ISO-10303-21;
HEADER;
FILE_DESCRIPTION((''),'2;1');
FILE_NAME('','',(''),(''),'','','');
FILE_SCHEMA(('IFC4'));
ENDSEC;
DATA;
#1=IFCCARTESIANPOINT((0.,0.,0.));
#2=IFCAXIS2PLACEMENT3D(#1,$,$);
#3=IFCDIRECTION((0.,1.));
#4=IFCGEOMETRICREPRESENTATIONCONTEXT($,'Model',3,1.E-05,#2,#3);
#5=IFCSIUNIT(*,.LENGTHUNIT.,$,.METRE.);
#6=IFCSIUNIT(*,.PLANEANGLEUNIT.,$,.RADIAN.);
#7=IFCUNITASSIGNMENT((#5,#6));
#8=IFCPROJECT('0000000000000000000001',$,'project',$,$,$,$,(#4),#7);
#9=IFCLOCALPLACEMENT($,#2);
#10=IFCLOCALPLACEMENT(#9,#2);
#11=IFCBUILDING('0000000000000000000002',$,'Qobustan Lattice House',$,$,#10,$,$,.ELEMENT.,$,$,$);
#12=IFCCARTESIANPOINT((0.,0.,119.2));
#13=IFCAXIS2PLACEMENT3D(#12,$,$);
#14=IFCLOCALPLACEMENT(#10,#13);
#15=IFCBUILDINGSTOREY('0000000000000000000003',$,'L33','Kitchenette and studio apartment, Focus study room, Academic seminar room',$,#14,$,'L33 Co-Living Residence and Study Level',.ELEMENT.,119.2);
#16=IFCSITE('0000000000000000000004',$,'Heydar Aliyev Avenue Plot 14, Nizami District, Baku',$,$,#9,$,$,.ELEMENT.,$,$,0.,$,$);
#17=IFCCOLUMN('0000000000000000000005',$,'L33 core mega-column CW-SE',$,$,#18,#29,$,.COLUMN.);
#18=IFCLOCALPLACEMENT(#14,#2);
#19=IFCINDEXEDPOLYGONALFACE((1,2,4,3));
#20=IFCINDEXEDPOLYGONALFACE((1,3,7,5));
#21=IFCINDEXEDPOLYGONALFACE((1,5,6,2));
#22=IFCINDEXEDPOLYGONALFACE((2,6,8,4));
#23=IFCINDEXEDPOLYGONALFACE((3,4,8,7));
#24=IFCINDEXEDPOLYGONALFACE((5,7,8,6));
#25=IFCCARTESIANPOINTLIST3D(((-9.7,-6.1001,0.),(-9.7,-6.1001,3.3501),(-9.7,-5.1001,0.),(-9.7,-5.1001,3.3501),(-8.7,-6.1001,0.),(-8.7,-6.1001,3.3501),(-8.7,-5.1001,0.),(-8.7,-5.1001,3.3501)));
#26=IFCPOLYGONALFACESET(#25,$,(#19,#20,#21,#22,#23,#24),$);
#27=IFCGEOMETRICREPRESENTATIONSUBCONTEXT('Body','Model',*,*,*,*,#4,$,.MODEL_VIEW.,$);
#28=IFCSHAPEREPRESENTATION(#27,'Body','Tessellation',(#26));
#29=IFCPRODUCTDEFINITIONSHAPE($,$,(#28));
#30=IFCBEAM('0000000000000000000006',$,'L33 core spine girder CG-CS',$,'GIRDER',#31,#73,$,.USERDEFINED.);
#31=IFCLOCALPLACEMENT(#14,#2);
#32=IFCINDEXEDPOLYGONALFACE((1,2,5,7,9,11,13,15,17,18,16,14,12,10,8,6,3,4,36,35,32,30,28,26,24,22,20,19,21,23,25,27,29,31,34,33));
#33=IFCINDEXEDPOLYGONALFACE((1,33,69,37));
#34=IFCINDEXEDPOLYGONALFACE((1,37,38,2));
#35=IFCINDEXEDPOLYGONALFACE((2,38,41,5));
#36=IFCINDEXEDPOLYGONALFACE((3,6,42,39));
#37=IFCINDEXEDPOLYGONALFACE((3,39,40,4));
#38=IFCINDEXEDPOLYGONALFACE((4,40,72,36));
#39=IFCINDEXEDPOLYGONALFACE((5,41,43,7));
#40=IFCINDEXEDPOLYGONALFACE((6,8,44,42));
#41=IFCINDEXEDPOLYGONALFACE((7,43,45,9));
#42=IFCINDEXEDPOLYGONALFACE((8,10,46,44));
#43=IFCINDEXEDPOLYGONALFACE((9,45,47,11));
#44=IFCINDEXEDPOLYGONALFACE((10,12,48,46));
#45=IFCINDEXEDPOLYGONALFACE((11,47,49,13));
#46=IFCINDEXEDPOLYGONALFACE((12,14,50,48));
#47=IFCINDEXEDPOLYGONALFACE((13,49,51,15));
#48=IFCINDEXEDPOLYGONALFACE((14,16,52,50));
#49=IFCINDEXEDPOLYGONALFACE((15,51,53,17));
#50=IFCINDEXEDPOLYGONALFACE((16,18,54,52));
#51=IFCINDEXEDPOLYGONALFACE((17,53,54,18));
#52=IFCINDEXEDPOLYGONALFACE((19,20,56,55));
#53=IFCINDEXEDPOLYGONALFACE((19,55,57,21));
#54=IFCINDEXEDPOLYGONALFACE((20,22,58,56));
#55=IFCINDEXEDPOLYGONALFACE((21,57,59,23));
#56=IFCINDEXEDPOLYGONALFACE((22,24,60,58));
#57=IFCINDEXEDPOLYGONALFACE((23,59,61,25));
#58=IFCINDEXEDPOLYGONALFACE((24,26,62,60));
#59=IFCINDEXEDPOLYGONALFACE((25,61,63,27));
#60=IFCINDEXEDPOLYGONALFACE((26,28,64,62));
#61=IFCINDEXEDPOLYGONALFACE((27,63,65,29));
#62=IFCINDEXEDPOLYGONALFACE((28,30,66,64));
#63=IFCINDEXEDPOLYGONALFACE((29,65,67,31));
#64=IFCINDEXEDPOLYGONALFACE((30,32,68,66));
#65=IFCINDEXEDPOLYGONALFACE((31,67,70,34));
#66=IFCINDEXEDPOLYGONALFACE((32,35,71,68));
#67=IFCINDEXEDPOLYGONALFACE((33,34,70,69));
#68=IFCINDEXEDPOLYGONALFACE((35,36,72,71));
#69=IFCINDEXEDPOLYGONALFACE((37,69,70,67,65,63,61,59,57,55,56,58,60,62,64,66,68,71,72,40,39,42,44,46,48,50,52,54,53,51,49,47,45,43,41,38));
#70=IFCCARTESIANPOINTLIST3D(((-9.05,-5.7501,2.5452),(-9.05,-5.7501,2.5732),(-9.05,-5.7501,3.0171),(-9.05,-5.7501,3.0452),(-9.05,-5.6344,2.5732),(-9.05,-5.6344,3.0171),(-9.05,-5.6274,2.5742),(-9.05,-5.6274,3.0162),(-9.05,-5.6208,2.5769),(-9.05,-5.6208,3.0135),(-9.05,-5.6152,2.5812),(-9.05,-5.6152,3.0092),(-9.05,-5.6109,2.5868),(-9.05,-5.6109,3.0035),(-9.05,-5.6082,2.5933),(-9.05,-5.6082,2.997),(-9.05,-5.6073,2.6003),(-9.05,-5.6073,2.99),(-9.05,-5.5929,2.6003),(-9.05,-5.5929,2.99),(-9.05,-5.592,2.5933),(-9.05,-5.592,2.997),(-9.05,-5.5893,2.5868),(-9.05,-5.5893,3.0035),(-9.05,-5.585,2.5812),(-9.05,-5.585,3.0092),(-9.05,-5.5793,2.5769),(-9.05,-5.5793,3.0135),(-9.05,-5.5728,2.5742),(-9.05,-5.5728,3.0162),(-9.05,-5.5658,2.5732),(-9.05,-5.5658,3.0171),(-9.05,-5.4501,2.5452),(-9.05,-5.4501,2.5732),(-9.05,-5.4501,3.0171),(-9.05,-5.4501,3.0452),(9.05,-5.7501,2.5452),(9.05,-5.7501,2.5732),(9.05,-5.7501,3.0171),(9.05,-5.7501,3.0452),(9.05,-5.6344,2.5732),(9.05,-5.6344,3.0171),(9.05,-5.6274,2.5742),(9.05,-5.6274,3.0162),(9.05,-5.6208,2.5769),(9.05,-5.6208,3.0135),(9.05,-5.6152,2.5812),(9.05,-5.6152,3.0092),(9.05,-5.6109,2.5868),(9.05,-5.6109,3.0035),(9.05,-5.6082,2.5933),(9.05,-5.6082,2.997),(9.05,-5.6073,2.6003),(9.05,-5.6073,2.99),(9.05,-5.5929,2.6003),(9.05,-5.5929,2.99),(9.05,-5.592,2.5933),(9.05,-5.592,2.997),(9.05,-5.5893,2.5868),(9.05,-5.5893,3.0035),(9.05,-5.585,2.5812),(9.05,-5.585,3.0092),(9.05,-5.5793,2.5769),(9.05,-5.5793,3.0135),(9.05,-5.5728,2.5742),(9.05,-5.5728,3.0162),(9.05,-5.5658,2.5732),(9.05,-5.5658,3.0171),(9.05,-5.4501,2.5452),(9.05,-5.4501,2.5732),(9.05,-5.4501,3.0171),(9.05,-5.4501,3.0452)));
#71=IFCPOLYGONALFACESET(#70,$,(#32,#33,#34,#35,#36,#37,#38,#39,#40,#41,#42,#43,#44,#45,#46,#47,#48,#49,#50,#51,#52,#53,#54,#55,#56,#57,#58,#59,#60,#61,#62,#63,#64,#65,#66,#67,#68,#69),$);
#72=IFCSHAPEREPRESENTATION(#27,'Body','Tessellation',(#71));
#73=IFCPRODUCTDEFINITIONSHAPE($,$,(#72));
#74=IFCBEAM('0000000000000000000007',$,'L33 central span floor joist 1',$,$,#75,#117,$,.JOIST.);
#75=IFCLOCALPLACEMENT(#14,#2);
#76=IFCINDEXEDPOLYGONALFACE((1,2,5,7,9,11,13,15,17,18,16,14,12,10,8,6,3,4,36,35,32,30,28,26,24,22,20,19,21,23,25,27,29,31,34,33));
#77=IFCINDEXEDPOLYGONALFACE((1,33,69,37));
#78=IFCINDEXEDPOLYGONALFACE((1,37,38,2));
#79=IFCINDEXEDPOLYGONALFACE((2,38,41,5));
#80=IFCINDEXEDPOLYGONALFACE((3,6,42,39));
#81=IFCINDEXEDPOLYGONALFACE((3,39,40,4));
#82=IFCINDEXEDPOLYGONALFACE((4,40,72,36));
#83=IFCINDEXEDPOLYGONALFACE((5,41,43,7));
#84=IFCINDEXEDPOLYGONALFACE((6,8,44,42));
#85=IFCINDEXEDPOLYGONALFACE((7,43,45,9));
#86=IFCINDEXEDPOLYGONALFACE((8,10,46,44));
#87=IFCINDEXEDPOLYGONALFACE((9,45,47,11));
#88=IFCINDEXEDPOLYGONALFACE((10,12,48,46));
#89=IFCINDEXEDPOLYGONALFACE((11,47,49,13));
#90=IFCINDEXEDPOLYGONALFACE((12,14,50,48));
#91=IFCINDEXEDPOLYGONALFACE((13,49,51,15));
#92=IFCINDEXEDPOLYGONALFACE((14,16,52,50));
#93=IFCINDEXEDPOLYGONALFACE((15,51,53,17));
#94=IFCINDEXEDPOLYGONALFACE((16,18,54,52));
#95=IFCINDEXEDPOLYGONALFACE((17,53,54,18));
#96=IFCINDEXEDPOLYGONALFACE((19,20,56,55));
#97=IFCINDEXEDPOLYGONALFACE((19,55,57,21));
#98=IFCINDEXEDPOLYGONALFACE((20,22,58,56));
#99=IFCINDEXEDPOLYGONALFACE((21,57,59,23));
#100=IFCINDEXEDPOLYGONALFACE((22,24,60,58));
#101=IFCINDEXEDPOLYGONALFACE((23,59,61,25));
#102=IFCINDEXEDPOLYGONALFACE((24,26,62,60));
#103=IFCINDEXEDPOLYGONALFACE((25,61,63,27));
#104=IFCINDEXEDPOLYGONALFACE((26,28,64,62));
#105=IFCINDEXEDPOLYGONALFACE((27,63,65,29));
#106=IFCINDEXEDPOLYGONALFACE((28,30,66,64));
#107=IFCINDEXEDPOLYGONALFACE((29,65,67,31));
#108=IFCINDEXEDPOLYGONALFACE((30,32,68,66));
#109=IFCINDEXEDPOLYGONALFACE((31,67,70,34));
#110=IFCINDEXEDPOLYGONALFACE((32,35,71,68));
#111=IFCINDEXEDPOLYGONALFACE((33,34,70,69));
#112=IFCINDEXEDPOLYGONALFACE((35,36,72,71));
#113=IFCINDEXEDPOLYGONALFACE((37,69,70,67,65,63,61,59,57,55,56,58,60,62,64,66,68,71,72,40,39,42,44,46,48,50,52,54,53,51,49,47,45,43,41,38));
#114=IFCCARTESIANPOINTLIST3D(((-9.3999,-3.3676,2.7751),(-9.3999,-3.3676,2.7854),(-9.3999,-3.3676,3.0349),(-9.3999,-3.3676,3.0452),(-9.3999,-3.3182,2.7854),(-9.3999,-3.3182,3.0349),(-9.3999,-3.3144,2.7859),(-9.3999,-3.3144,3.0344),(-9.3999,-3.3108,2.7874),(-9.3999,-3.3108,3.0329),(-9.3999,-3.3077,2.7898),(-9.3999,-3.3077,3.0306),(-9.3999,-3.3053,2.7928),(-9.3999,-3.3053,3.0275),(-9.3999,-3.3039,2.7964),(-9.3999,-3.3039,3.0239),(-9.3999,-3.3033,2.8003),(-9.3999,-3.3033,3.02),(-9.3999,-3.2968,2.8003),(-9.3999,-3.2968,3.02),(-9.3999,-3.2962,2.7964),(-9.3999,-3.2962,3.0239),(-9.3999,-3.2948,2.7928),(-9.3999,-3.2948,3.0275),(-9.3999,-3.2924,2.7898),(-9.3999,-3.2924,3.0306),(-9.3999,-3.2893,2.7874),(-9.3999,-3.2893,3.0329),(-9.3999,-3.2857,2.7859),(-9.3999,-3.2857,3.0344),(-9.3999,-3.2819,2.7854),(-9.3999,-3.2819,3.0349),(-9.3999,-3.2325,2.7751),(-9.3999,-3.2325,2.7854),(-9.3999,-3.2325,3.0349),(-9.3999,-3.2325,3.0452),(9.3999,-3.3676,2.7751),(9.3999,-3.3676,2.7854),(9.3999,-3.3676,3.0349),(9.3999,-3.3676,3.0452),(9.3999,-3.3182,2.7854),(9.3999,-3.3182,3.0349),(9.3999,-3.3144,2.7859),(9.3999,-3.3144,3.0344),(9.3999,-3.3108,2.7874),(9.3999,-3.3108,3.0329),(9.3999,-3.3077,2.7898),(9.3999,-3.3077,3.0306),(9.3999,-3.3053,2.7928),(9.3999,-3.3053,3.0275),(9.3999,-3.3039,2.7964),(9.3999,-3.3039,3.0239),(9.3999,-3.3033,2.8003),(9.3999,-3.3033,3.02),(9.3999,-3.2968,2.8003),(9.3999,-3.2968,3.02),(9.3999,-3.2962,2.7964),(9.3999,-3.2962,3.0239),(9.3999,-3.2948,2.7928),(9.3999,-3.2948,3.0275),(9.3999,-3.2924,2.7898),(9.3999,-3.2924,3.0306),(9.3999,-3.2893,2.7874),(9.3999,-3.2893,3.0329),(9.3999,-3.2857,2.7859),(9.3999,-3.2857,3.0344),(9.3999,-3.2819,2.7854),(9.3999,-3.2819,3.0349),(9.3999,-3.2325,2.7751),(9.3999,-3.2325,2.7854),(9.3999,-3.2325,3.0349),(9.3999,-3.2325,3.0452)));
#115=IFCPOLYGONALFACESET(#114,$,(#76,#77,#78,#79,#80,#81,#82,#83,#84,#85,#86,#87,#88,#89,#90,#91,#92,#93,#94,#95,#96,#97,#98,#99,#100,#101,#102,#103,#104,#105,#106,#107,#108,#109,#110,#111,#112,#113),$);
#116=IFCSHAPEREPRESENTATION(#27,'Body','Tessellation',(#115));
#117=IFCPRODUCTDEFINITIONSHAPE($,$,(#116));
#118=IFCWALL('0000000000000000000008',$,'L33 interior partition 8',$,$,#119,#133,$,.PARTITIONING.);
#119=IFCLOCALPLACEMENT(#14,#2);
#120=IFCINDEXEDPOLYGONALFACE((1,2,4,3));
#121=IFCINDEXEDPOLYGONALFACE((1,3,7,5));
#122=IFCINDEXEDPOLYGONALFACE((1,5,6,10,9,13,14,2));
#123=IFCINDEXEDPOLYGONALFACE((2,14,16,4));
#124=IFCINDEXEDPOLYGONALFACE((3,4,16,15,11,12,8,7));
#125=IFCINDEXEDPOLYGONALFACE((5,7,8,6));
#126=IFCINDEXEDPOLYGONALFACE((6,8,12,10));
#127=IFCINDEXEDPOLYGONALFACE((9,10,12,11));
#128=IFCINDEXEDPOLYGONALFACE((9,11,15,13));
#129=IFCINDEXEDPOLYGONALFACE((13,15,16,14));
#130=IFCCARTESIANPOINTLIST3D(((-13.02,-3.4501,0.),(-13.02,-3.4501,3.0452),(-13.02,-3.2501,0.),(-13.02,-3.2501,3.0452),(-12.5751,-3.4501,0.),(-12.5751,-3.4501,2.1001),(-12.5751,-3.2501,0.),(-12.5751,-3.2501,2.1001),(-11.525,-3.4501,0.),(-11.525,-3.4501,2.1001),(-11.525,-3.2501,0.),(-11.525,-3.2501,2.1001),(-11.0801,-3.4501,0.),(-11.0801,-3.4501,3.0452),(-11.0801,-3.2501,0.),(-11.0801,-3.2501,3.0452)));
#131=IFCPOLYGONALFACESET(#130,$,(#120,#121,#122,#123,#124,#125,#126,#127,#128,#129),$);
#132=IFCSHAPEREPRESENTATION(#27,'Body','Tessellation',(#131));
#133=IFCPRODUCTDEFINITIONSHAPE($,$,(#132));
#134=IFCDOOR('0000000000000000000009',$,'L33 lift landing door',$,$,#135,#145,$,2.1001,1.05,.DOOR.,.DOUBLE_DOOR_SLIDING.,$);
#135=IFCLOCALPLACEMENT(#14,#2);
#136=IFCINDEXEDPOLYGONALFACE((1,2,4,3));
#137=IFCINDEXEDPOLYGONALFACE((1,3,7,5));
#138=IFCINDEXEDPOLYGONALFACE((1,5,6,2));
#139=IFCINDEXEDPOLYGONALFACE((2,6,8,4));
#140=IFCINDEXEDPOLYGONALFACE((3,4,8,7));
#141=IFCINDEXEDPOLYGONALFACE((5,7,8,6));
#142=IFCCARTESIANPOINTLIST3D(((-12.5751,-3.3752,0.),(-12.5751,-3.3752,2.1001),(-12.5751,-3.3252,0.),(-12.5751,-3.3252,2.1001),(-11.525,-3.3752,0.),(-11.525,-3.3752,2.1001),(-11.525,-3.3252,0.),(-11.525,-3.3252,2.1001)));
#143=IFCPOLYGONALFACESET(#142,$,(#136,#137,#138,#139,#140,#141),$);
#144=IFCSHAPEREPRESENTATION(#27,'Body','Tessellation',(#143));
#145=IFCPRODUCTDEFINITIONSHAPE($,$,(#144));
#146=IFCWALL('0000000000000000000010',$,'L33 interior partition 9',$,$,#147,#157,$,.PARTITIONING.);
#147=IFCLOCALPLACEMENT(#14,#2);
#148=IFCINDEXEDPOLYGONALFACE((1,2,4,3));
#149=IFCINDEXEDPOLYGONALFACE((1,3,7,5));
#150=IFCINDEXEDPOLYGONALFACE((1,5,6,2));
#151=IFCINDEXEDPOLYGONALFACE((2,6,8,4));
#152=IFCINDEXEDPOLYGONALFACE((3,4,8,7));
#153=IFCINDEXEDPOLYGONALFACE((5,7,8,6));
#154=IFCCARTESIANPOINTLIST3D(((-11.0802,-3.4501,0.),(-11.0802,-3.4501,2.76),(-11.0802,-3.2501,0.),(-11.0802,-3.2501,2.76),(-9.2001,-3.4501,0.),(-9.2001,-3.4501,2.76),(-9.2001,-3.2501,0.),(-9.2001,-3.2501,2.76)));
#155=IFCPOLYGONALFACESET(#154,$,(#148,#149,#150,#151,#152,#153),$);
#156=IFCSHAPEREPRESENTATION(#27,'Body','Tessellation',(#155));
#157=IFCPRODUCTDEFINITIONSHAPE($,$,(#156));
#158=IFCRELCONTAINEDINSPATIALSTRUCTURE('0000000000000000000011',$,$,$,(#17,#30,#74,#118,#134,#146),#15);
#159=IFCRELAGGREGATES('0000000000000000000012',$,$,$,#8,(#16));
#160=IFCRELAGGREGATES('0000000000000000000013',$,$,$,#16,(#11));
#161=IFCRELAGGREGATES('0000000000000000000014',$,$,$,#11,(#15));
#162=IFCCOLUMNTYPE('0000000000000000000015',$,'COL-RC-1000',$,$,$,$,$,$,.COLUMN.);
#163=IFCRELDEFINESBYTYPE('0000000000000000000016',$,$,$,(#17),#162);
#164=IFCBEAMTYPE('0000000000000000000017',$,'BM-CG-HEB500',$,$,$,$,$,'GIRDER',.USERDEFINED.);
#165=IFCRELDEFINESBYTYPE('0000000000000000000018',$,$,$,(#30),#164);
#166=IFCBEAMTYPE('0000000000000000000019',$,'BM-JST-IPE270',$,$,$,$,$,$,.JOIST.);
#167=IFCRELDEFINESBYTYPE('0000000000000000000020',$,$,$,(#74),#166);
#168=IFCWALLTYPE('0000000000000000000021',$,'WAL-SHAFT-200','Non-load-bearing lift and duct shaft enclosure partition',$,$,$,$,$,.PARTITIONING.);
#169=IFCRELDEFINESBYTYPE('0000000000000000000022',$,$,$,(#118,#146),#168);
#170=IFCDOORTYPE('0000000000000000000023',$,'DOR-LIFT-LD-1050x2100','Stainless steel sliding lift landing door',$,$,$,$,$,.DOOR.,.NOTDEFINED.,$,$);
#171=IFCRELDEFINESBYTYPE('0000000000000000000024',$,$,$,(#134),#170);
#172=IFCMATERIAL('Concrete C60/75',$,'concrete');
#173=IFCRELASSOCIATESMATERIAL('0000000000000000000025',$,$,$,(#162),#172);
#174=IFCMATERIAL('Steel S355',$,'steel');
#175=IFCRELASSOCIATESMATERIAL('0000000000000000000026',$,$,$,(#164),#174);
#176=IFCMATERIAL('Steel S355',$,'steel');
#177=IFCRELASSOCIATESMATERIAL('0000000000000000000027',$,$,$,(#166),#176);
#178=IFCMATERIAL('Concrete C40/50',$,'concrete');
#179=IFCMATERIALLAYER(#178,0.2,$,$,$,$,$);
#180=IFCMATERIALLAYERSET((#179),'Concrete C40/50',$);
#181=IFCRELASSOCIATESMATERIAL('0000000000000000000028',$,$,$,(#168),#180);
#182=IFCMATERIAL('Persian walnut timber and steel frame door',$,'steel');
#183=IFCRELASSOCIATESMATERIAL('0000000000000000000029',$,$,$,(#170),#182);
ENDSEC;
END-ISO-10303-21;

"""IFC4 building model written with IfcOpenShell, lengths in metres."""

from ifc_helpers import new_model, si_unit, direction, frame, frame_2d, origin, origin_2d, place, context, subcontext, project, spatial, rectangle, i_section, extrude, material, layer, layer_set, material_profile, profile_set, type_object, element, fill, save


model = new_model("IFC4")

# Units and contexts
model_context = context("Model", 3, precision=1e-05, world=origin(), true_north=direction((0.0, 1.0)))
body_context = subcontext(model_context, "Body", "Model", "MODEL_VIEW")
ifc_project = project(units=[si_unit("LENGTHUNIT", "METRE"), si_unit("PLANEANGLEUNIT", "RADIAN")], contexts=[model_context])

# Site, building, storey
site_placement = place(None, origin())
site = spatial("IfcSite", under=ifc_project, at=site_placement, Name="Heydar Aliyev Avenue Plot 14, Nizami District, Baku", CompositionType="ELEMENT", RefElevation=0.0)
building_placement = place(site_placement, origin())
building = spatial("IfcBuilding", under=site, at=building_placement, Name="Qobustan Lattice House", CompositionType="ELEMENT")
storey_placement = place(building_placement, frame((0.0, 0.0, 119.2)))
storey = spatial("IfcBuildingStorey", under=building, at=storey_placement, Name="L33", Description="Kitchenette and studio apartment, Focus study room, Academic seminar room", LongName="L33 Co-Living Residence and Study Level", CompositionType="ELEMENT", Elevation=119.2)

# Column
ifc_material_1 = material(Name="Concrete C60/75", Category="concrete")
ifc_material_profile_1 = material_profile(ifc_material_1, rectangle(XDim=1.0, YDim=1.0, at=origin_2d()), Name="RC1000x1000")
ifc_profile_set_1 = profile_set([ifc_material_profile_1], Name="Concrete C60/75")
column_type = type_object("IfcColumnType", Name="COL-RC-1000", PredefinedType="COLUMN", material=ifc_profile_set_1)
column_placement = place(storey_placement, frame((-9.2, -5.6001, 0.0), z_axis=(0.0, 0.0, 1.0), x_axis=(1.0, 0.0, 0.0)))
element("IfcColumn", 1, at=column_placement, inside=storey, type_object=column_type, Name="L33 core mega-column CW-SE", PredefinedType="COLUMN", context=body_context, shape_type="SweptSolid", body=[
    extrude(rectangle(XDim=1.0, YDim=1.0, at=origin_2d()), origin(), (0.0, 0.0, 1.0), 3.3501),
])

# Beams
ifc_material_2 = material(Name="Steel S355", Category="steel")
ifc_material_profile_2 = material_profile(ifc_material_2, i_section(OverallWidth=0.3, OverallDepth=0.5, WebThickness=0.0144, FlangeThickness=0.0281, FilletRadius=0.0271, at=origin_2d()), Name="HEB500")
ifc_profile_set_2 = profile_set([ifc_material_profile_2], Name="Steel S355")
beam_type_1 = type_object("IfcBeamType", Name="BM-CG-HEB500", ElementType="GIRDER", PredefinedType="USERDEFINED", material=ifc_profile_set_2)
beam_1_placement = place(storey_placement, frame((-9.05, -5.6001, 2.7952), z_axis=(1.0, 0.0, 0.0), x_axis=(0.0, 1.0, 0.0)))
element("IfcBeam", 2, at=beam_1_placement, inside=storey, type_object=beam_type_1, Name="L33 core spine girder CG-CS", ObjectType="GIRDER", PredefinedType="USERDEFINED", context=body_context, shape_type="SweptSolid", body=[
    extrude(i_section(OverallWidth=0.3, OverallDepth=0.5, WebThickness=0.0144, FlangeThickness=0.0281, FilletRadius=0.0271, at=origin_2d()), origin(), (0.0, 0.0, 1.0), 18.1001),
])
ifc_material_3 = material(Name="Steel S355", Category="steel")
ifc_material_profile_3 = material_profile(ifc_material_3, i_section(OverallWidth=0.135, OverallDepth=0.27, WebThickness=0.0066, FlangeThickness=0.0103, FilletRadius=0.0149, at=origin_2d()), Name="IPE270")
ifc_profile_set_3 = profile_set([ifc_material_profile_3], Name="Steel S355")
beam_type_2 = type_object("IfcBeamType", Name="BM-JST-IPE270", PredefinedType="JOIST", material=ifc_profile_set_3)
beam_2_placement = place(storey_placement, frame((-9.3999, -3.3, 2.9102), z_axis=(1.0, 0.0, 0.0), x_axis=(0.0, 1.0, 0.0)))
element("IfcBeam", 3, at=beam_2_placement, inside=storey, type_object=beam_type_2, Name="L33 central span floor joist 1", PredefinedType="JOIST", context=body_context, shape_type="SweptSolid", body=[
    extrude(i_section(OverallWidth=0.135, OverallDepth=0.27, WebThickness=0.0066, FlangeThickness=0.0103, FilletRadius=0.0149, at=origin_2d()), origin(), (0.0, 0.0, 1.0), 18.7998),
])

# Wall, opening, door
ifc_material_4 = material(Name="Concrete C40/50", Category="concrete")
ifc_layer_1 = layer(ifc_material_4, 0.2)
ifc_layer_set_1 = layer_set([ifc_layer_1], Name="Concrete C40/50")
wall_type_1 = type_object("IfcWallType", Name="WAL-SHAFT-200", Description="Non-load-bearing lift and duct shaft enclosure partition", PredefinedType="PARTITIONING", material=ifc_layer_set_1)
wall_1_placement = place(storey_placement, frame((-13.02, -3.3501, 0.0), z_axis=(0.0, 0.0, 1.0), x_axis=(1.0, 0.0, 0.0)))
wall_1 = element("IfcWall", 4, at=wall_1_placement, inside=storey, type_object=wall_type_1, Name="L33 interior partition 8", PredefinedType="PARTITIONING", context=body_context, shape_type="SweptSolid", body=[
    extrude(rectangle(XDim=1.9399, YDim=0.2, at=frame_2d((0.97, 0.0))), origin(), (0.0, 0.0, 1.0), 3.0452),
])
opening_1_placement = place(wall_1_placement, frame((0.4451, 0.0, 0.0)))
opening_1 = element("IfcOpeningElement", 5, at=opening_1_placement, cuts=wall_1, PredefinedType="OPENING", context=body_context, shape_type="SweptSolid", body=[
    extrude(rectangle(XDim=1.05, YDim=2.1001, at=frame_2d((0.5249, 1.05))), frame((0.0, 0.1099, 0.0), z_axis=(0.0, -1.0, 0.0), x_axis=(1.0, 0.0, 0.0)), (0.0, 0.0, 1.0), 0.22),
])
ifc_material_5 = material(Name="Persian walnut timber and steel frame door", Category="steel")
door_type_1 = type_object("IfcDoorType", Name="DOR-LIFT-LD-1050x2100", Description="Stainless steel sliding lift landing door", OperationType="NOTDEFINED", PredefinedType="DOOR", material=ifc_material_5)
door_1_placement = place(opening_1_placement, origin())
door_1 = element("IfcDoor", 6, at=door_1_placement, inside=storey, type_object=door_type_1, Name="L33 lift landing door", OperationType="DOUBLE_DOOR_SLIDING", OverallHeight=2.1001, OverallWidth=1.05, PredefinedType="DOOR", context=body_context, shape_type="SweptSolid", body=[
    extrude(rectangle(XDim=1.05, YDim=2.1001, at=frame_2d((0.5249, 1.05))), frame((0.0, 0.0249, 0.0), z_axis=(0.0, -1.0, 0.0), x_axis=(1.0, 0.0, 0.0)), (0.0, 0.0, 1.0), 0.05),
])
fill(opening_1, door_1)

# Wall
wall_2_placement = place(storey_placement, frame((-11.0801, -3.3501, 0.0), z_axis=(0.0, 0.0, 1.0), x_axis=(1.0, 0.0, 0.0)))
element("IfcWall", 7, at=wall_2_placement, inside=storey, type_object=wall_type_1, Name="L33 interior partition 9", PredefinedType="PARTITIONING", context=body_context, shape_type="SweptSolid", body=[
    extrude(rectangle(XDim=1.8801, YDim=0.2, at=frame_2d((0.9399, 0.0))), origin(), (0.0, 0.0, 1.0), 2.76),
])

save(model, "model.ifc")
